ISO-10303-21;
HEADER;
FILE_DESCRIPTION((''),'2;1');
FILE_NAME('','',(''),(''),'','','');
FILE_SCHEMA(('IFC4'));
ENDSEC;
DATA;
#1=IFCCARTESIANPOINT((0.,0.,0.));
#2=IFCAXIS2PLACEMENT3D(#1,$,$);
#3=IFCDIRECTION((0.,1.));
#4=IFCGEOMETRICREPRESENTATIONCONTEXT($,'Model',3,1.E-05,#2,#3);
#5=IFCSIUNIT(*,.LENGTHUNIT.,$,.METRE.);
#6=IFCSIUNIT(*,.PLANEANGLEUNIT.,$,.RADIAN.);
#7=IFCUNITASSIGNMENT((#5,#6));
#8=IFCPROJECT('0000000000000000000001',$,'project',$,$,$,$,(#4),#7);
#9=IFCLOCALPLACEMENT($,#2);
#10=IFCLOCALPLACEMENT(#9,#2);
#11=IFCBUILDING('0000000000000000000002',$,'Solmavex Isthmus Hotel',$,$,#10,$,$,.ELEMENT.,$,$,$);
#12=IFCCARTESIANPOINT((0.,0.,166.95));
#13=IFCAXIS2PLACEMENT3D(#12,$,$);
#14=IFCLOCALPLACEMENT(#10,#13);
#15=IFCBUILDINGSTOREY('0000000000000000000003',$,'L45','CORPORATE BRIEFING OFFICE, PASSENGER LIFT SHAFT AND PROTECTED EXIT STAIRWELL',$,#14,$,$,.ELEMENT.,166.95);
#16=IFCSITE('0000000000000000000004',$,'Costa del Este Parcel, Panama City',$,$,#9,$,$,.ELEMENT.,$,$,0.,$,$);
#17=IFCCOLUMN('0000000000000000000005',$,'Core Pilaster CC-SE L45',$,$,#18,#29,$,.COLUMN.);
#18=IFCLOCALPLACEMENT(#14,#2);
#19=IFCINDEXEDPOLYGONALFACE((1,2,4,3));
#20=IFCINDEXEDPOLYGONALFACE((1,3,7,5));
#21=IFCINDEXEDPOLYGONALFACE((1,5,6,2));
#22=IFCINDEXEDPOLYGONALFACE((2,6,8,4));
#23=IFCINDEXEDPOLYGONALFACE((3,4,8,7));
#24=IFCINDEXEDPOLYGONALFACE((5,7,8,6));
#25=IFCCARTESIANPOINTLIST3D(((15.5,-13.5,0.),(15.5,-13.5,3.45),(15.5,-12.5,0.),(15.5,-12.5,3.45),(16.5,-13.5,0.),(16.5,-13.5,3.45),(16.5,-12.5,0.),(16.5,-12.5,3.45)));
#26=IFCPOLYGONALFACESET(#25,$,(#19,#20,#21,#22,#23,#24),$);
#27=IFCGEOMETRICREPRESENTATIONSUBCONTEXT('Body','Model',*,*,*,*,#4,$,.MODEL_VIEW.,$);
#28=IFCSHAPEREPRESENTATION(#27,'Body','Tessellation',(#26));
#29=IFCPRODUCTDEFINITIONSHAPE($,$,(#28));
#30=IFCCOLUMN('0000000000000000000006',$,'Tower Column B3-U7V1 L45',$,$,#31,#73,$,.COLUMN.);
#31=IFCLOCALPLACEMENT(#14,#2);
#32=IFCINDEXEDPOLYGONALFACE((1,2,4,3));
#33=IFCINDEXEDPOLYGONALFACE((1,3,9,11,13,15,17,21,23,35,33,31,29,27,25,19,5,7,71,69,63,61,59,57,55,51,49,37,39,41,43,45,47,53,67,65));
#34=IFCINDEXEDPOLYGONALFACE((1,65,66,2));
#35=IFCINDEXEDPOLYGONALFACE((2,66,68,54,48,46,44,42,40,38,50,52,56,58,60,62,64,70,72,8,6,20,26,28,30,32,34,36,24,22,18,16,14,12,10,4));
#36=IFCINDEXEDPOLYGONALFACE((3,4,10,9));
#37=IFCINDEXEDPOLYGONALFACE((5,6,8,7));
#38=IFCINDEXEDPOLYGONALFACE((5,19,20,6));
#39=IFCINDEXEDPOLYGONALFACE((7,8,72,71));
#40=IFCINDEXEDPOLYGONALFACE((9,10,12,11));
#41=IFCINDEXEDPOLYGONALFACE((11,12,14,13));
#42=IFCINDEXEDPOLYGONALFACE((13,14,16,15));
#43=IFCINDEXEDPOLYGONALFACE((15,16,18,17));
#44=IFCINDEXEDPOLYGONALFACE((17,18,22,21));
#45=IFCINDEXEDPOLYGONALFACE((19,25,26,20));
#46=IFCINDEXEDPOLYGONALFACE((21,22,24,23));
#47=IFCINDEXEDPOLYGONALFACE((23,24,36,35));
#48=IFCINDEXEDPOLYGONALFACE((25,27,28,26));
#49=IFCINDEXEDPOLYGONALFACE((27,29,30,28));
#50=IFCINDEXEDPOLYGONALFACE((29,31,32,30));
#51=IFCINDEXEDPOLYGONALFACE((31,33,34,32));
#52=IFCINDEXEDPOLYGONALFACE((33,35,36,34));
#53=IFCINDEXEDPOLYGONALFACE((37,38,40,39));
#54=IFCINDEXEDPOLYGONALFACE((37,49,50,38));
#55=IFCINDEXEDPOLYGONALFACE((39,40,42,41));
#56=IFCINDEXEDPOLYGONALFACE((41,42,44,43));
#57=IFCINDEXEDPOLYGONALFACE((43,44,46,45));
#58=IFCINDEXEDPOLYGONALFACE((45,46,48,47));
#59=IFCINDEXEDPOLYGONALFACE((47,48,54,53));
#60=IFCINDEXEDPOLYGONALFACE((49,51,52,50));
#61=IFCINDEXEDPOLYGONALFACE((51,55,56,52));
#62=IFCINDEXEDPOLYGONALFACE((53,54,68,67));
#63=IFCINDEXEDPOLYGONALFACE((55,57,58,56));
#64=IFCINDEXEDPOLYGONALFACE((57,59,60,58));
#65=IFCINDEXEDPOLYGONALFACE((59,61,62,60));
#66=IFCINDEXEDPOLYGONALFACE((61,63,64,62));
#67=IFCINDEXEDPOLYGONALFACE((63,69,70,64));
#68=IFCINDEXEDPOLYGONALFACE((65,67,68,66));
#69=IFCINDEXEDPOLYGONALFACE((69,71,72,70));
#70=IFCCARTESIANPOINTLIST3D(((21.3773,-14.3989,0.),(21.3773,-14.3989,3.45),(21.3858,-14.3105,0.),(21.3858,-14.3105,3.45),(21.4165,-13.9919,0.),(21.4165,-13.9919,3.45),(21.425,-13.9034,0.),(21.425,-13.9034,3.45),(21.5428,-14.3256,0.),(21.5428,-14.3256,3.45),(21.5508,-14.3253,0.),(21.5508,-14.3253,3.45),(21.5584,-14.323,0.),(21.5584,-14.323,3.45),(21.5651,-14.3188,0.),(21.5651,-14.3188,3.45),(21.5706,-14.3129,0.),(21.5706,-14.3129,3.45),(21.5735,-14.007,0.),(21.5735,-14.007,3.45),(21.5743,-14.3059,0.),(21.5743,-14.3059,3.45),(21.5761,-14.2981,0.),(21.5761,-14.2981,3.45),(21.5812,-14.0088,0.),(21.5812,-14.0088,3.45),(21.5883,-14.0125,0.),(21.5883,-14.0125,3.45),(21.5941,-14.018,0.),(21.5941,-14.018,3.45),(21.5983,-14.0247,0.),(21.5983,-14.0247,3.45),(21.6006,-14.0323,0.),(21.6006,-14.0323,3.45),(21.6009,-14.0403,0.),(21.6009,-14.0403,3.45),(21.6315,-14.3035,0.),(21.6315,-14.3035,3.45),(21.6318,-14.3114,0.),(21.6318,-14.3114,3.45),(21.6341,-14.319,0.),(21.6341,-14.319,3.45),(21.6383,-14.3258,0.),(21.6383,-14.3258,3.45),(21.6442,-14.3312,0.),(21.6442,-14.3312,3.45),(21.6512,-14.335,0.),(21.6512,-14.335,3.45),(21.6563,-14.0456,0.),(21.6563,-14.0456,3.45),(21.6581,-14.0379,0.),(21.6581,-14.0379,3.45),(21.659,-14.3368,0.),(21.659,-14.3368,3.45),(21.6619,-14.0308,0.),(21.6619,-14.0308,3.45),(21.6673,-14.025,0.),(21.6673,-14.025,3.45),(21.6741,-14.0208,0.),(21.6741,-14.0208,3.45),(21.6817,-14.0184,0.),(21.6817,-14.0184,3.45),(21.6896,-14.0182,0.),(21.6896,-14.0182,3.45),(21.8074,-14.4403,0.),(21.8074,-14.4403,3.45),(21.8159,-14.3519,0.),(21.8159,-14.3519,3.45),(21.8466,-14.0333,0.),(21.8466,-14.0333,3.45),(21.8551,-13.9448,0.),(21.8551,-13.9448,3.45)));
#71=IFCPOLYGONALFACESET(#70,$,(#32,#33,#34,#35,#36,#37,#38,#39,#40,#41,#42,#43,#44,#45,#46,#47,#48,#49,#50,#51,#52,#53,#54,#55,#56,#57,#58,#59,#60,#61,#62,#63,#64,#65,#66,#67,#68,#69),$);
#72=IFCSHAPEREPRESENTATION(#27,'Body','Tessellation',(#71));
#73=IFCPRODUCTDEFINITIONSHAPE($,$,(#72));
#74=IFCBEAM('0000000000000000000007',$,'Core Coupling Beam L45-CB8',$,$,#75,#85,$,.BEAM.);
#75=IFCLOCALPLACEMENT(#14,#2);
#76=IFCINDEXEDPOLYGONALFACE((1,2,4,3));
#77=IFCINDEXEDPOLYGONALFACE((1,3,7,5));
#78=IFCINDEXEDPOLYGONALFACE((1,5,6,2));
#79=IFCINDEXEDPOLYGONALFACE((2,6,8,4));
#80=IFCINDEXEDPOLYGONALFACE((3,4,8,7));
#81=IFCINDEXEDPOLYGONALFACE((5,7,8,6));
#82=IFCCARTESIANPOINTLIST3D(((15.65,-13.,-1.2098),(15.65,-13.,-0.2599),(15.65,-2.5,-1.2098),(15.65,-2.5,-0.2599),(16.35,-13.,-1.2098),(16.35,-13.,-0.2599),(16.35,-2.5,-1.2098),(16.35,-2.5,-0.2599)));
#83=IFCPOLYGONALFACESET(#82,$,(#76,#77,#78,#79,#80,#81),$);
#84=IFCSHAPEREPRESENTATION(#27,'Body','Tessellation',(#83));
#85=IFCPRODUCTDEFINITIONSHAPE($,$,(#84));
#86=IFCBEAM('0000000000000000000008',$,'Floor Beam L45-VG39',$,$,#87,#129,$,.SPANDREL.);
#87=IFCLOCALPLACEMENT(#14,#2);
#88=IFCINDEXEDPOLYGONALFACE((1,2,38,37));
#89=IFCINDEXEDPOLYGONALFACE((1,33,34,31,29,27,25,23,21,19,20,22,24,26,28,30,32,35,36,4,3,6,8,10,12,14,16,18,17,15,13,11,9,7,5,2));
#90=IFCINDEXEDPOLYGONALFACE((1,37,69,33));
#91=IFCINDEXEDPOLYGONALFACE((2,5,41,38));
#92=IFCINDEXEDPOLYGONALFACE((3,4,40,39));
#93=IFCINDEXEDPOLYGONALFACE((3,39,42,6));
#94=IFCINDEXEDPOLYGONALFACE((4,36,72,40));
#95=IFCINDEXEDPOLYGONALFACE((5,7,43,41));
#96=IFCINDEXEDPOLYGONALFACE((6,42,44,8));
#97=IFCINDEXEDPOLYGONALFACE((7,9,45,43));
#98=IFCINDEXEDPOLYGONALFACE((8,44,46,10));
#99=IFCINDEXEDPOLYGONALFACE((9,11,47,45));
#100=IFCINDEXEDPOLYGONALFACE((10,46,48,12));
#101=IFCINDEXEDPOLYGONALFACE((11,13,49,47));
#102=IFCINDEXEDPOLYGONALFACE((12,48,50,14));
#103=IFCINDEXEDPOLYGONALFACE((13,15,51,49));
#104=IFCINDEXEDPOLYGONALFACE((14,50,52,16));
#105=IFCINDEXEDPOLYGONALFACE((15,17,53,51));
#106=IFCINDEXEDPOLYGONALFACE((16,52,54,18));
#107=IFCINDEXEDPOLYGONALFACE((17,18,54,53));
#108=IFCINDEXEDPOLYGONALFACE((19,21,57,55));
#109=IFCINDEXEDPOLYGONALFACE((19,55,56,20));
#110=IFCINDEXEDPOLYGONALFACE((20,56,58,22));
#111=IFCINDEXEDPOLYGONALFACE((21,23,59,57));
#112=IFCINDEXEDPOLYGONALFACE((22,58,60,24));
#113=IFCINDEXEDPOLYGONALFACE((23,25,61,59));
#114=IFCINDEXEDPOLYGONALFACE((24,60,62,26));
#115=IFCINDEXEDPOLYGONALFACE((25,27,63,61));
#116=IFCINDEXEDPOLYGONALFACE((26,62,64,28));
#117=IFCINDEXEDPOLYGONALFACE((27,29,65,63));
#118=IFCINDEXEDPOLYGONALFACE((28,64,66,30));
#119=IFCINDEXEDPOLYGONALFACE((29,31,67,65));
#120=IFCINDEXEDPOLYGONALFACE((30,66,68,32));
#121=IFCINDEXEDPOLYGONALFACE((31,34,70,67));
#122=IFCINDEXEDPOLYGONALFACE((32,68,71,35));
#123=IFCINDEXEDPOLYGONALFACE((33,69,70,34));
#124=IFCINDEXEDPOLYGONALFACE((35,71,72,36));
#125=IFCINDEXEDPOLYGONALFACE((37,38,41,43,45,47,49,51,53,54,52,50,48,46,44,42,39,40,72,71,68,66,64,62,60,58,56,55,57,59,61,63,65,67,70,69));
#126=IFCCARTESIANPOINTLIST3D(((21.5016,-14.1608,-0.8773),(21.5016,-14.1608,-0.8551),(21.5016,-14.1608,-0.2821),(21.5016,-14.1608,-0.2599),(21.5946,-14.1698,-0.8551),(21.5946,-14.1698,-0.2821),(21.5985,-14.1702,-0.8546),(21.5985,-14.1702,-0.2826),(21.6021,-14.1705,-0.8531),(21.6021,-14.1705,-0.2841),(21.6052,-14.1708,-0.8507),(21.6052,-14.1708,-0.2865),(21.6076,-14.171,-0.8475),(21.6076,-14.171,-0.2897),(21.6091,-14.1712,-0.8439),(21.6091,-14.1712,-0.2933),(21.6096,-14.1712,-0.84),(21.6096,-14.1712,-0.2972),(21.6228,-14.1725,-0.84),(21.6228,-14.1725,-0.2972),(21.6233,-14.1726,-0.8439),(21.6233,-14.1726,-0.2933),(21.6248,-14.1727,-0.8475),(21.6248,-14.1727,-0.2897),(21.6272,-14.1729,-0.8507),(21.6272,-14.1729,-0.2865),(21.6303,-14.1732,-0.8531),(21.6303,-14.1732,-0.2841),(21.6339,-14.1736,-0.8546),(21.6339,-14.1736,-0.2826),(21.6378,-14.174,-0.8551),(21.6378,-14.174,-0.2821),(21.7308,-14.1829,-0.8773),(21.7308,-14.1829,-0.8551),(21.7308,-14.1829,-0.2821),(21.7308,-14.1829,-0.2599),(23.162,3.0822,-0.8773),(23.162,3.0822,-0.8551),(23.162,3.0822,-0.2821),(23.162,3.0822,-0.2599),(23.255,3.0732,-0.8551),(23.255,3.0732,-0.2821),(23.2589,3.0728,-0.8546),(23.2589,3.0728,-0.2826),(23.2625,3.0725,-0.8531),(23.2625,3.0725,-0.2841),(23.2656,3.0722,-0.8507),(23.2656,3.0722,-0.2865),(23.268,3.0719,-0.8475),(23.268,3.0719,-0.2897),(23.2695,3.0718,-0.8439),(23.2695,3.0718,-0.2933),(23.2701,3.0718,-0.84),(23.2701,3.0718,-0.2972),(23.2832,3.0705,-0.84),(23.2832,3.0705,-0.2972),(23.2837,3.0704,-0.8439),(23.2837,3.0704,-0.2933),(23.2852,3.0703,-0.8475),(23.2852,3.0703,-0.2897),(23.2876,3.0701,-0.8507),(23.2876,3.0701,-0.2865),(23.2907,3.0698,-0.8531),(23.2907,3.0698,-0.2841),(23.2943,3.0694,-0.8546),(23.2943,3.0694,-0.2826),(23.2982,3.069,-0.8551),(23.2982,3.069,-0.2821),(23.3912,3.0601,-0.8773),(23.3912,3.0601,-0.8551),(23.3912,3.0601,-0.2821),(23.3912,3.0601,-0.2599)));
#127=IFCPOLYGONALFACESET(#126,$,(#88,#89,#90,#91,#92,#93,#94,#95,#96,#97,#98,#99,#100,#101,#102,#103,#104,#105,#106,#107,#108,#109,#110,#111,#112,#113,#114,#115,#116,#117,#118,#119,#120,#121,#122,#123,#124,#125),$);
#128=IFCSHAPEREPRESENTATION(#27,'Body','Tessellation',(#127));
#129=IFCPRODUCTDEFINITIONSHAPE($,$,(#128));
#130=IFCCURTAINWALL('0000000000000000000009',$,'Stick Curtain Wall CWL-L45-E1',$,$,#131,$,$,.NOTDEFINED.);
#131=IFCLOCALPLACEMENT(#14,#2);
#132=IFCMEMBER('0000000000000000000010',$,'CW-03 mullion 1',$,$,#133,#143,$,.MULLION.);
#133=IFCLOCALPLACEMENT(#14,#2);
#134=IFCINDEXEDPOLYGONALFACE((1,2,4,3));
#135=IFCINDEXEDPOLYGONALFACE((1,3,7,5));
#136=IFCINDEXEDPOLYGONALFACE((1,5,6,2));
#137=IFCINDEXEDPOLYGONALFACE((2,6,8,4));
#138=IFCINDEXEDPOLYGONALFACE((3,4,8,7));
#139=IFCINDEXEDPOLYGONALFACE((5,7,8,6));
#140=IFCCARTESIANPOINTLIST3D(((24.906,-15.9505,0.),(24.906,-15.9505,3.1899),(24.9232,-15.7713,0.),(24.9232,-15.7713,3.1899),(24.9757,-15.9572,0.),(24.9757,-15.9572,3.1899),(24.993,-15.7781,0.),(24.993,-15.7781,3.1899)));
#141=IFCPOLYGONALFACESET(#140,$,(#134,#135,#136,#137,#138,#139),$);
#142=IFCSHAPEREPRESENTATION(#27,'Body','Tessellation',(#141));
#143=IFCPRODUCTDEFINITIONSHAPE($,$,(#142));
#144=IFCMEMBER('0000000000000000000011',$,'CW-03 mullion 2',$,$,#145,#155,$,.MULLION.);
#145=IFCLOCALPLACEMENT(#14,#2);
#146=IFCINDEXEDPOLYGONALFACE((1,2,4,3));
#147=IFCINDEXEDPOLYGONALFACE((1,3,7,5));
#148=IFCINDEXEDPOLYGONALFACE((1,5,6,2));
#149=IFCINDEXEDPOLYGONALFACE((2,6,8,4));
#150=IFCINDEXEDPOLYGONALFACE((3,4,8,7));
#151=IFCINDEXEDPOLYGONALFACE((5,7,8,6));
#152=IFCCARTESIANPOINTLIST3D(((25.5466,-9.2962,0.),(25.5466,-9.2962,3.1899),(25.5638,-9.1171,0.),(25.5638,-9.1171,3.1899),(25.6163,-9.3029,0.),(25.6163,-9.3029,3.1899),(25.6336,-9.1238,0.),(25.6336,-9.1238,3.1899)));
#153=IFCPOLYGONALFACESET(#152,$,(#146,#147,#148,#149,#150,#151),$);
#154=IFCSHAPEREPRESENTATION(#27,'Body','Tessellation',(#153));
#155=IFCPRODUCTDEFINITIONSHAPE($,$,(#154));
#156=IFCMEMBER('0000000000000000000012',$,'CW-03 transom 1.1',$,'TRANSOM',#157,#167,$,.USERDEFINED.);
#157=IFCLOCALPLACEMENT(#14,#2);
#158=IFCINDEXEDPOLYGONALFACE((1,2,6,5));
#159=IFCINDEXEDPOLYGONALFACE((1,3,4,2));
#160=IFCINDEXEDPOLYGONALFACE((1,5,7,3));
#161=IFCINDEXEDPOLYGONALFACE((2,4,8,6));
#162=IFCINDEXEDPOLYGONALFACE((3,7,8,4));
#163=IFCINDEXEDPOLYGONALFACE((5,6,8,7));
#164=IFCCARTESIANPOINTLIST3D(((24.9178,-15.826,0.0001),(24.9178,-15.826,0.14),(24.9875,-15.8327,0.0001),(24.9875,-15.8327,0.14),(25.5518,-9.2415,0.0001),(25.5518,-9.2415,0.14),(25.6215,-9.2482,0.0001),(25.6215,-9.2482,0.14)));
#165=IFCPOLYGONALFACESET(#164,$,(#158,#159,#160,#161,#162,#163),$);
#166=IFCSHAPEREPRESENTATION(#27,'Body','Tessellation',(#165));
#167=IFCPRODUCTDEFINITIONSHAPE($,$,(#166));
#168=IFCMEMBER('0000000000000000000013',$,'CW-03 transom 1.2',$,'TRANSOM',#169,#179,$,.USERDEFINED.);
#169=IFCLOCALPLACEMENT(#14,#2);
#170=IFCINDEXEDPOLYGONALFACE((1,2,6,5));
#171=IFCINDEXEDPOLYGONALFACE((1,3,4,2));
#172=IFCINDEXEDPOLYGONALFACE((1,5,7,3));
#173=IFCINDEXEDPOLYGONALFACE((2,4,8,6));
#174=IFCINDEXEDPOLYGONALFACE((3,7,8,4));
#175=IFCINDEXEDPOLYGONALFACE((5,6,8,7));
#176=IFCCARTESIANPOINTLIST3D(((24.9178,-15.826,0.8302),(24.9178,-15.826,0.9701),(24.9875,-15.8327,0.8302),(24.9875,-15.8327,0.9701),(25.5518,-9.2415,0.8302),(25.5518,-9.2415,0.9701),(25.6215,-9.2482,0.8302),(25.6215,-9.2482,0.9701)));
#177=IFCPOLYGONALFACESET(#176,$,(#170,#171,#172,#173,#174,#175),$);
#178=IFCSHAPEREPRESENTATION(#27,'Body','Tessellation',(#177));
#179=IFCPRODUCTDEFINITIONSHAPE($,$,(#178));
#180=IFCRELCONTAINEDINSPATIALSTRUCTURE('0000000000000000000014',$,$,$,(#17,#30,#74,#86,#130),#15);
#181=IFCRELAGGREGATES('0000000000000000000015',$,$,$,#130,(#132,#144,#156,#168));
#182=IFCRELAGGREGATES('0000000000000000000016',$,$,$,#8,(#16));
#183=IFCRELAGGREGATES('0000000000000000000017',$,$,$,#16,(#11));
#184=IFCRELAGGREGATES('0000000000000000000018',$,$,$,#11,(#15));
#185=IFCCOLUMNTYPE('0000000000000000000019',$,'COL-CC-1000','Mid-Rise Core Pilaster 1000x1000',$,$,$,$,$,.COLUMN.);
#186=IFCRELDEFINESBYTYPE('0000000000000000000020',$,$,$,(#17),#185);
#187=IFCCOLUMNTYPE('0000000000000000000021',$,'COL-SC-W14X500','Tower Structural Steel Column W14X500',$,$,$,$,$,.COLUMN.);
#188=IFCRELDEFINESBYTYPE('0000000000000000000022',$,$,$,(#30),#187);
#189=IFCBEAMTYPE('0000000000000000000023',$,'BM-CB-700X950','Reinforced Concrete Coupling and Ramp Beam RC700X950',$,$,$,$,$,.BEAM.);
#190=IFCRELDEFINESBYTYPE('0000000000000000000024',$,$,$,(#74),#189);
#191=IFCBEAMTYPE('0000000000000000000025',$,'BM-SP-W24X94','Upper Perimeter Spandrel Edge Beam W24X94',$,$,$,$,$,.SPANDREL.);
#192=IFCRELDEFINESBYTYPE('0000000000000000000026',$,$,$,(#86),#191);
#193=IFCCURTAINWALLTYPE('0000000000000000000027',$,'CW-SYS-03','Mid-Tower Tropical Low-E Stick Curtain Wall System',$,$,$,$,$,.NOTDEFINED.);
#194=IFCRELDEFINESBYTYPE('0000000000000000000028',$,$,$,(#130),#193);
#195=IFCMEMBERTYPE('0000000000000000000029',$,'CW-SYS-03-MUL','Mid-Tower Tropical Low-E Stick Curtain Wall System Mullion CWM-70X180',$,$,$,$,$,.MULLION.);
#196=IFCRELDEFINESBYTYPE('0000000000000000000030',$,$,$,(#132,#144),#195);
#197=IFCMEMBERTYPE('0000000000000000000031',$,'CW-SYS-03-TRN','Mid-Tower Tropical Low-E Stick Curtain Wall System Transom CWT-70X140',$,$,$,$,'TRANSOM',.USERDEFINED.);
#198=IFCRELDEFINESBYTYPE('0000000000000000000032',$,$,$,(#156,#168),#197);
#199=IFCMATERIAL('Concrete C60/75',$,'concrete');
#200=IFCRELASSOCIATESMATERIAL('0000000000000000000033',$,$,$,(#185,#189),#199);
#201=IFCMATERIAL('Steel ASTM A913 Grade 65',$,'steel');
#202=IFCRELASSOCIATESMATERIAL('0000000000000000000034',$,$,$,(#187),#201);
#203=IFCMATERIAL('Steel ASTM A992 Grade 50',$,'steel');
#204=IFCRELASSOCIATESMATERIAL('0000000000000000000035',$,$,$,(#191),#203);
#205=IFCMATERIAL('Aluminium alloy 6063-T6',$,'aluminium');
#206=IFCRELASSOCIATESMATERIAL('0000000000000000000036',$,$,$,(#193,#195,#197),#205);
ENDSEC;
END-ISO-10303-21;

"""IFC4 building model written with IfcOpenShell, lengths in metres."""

from ifc_helpers import new_model, si_unit, direction, frame, origin, origin_2d, place, context, subcontext, project, spatial, rectangle, i_section, extrude, material, material_profile, profile_set, type_object, element, aggregate, save


model = new_model("IFC4")

# Units and contexts
model_context = context("Model", 3, precision=1e-05, world=origin(), true_north=direction((0.0, 1.0)))
body_context = subcontext(model_context, "Body", "Model", "MODEL_VIEW")
ifc_project = project(units=[si_unit("LENGTHUNIT", "METRE"), si_unit("PLANEANGLEUNIT", "RADIAN")], contexts=[model_context])

# Site, building, storey
site_placement = place(None, origin())
site = spatial("IfcSite", under=ifc_project, at=site_placement, Name="Costa del Este Parcel, Panama City", CompositionType="ELEMENT", RefElevation=0.0)
building_placement = place(site_placement, origin())
building = spatial("IfcBuilding", under=site, at=building_placement, Name="Solmavex Isthmus Hotel", CompositionType="ELEMENT")
storey_placement = place(building_placement, frame((0.0, 0.0, 166.95)))
storey = spatial("IfcBuildingStorey", under=building, at=storey_placement, Name="L45", Description="CORPORATE BRIEFING OFFICE, PASSENGER LIFT SHAFT AND PROTECTED EXIT STAIRWELL", CompositionType="ELEMENT", Elevation=166.95)

# Columns
ifc_material_1 = material(Name="Concrete C60/75", Category="concrete")
ifc_material_profile_1 = material_profile(ifc_material_1, rectangle(XDim=1.0, YDim=1.0, at=origin_2d()), Name="RC1000X1000")
ifc_profile_set_1 = profile_set([ifc_material_profile_1], Name="Concrete C60/75")
column_type_1 = type_object("IfcColumnType", Name="COL-CC-1000", Description="Mid-Rise Core Pilaster 1000x1000", PredefinedType="COLUMN", material=ifc_profile_set_1)
column_1_placement = place(storey_placement, frame((16.0, -13.0, 0.0), z_axis=(0.0, 0.0, 1.0), x_axis=(1.0, 0.0, 0.0)))
element("IfcColumn", 1, at=column_1_placement, inside=storey, type_object=column_type_1, Name="Core Pilaster CC-SE L45", PredefinedType="COLUMN", context=body_context, shape_type="SweptSolid", body=[
    extrude(rectangle(XDim=1.0, YDim=1.0, at=origin_2d()), origin(), (0.0, 0.0, 1.0), 3.45),
])
ifc_material_2 = material(Name="Steel ASTM A913 Grade 65", Category="steel")
ifc_material_profile_2 = material_profile(ifc_material_2, i_section(OverallWidth=0.4321, OverallDepth=0.4978, WebThickness=0.0557, FlangeThickness=0.0889, FilletRadius=0.0305, at=origin_2d()), Name="W14X500")
ifc_profile_set_2 = profile_set([ifc_material_profile_2], Name="Steel ASTM A913 Grade 65")
column_type_2 = type_object("IfcColumnType", Name="COL-SC-W14X500", Description="Tower Structural Steel Column W14X500", PredefinedType="COLUMN", material=ifc_profile_set_2)
column_2_placement = place(storey_placement, frame((21.6162, -14.1719, 0.0), z_axis=(0.0, 0.0, 1.0), x_axis=(0.995396, -0.095846, 0.0)))
element("IfcColumn", 2, at=column_2_placement, inside=storey, type_object=column_type_2, Name="Tower Column B3-U7V1 L45", PredefinedType="COLUMN", context=body_context, shape_type="SweptSolid", body=[
    extrude(i_section(OverallWidth=0.4321, OverallDepth=0.4978, WebThickness=0.0557, FlangeThickness=0.0889, FilletRadius=0.0305, at=origin_2d()), origin(), (0.0, 0.0, 1.0), 3.45),
])

# Beams
ifc_material_profile_3 = material_profile(ifc_material_1, rectangle(XDim=0.7, YDim=0.95, at=origin_2d()), Name="RC700X950")
ifc_profile_set_3 = profile_set([ifc_material_profile_3], Name="Concrete C60/75")
beam_type_1 = type_object("IfcBeamType", Name="BM-CB-700X950", Description="Reinforced Concrete Coupling and Ramp Beam RC700X950", PredefinedType="BEAM", material=ifc_profile_set_3)
beam_1_placement = place(storey_placement, frame((16.0, -13.0, -0.7349), z_axis=(0.0, 1.0, 0.0), x_axis=(-1.0, 0.0, 0.0)))
element("IfcBeam", 3, at=beam_1_placement, inside=storey, type_object=beam_type_1, Name="Core Coupling Beam L45-CB8", PredefinedType="BEAM", context=body_context, shape_type="SweptSolid", body=[
    extrude(rectangle(XDim=0.7, YDim=0.95, at=origin_2d()), origin(), (0.0, 0.0, 1.0), 10.5),
])
ifc_material_3 = material(Name="Steel ASTM A992 Grade 50", Category="steel")
ifc_material_profile_4 = material_profile(ifc_material_3, i_section(OverallWidth=0.2302, OverallDepth=0.6174, WebThickness=0.0132, FlangeThickness=0.0222, FilletRadius=0.0151, at=origin_2d()), Name="W24X94")
ifc_profile_set_4 = profile_set([ifc_material_profile_4], Name="Steel ASTM A992 Grade 50")
beam_type_2 = type_object("IfcBeamType", Name="BM-SP-W24X94", Description="Upper Perimeter Spandrel Edge Beam W24X94", PredefinedType="SPANDREL", material=ifc_profile_set_4)
beam_2_placement = place(storey_placement, frame((21.6162, -14.1719, -0.5686), z_axis=(0.095851, 0.995396, 0.0), x_axis=(-0.995396, 0.095851, 0.0)))
element("IfcBeam", 4, at=beam_2_placement, inside=storey, type_object=beam_type_2, Name="Floor Beam L45-VG39", PredefinedType="SPANDREL", context=body_context, shape_type="SweptSolid", body=[
    extrude(i_section(OverallWidth=0.2302, OverallDepth=0.6174, WebThickness=0.0132, FlangeThickness=0.0222, FilletRadius=0.0151, at=origin_2d()), origin(), (0.0, 0.0, 1.0), 17.3228),
])

# Curtain wall, members
ifc_material_4 = material(Name="Aluminium alloy 6063-T6", Category="aluminium")
curtain_wall_type = type_object("IfcCurtainWallType", Name="CW-SYS-03", Description="Mid-Tower Tropical Low-E Stick Curtain Wall System", PredefinedType="NOTDEFINED", material=ifc_material_4)
curtain_wall_placement = place(storey_placement, origin())
curtain_wall = element("IfcCurtainWall", 5, at=curtain_wall_placement, inside=storey, type_object=curtain_wall_type, Name="Stick Curtain Wall CWL-L45-E1", PredefinedType="NOTDEFINED")
ifc_material_profile_5 = material_profile(ifc_material_4, rectangle(XDim=0.0701, YDim=0.1799, at=origin_2d()), Name="CWM-70X180")
ifc_profile_set_5 = profile_set([ifc_material_profile_5], Name="Aluminium alloy 6063-T6")
member_type_1 = type_object("IfcMemberType", Name="CW-SYS-03-MUL", Description="Mid-Tower Tropical Low-E Stick Curtain Wall System Mullion CWM-70X180", PredefinedType="MULLION", material=ifc_profile_set_5)
member_1_placement = place(storey_placement, frame((24.9495, -15.8643, 0.0), z_axis=(0.0, 0.0, 1.0), x_axis=(-0.995396, 0.095846, 0.0)))
member_1 = element("IfcMember", 6, at=member_1_placement, type_object=member_type_1, Name="CW-03 mullion 1", PredefinedType="MULLION", context=body_context, shape_type="SweptSolid", body=[
    extrude(rectangle(XDim=0.0701, YDim=0.1799, at=origin_2d()), origin(), (0.0, 0.0, 1.0), 3.1899),
])
member_2_placement = place(storey_placement, frame((25.5901, -9.21, 0.0), z_axis=(0.0, 0.0, 1.0), x_axis=(-0.995396, 0.095846, 0.0)))
member_2 = element("IfcMember", 7, at=member_2_placement, type_object=member_type_1, Name="CW-03 mullion 2", PredefinedType="MULLION", context=body_context, shape_type="SweptSolid", body=[
    extrude(rectangle(XDim=0.0701, YDim=0.1799, at=origin_2d()), origin(), (0.0, 0.0, 1.0), 3.1899),
])
ifc_material_profile_6 = material_profile(ifc_material_4, rectangle(XDim=0.0701, YDim=0.1399, at=origin_2d()), Name="CWT-70X140")
ifc_profile_set_6 = profile_set([ifc_material_profile_6], Name="Aluminium alloy 6063-T6")
member_type_2 = type_object("IfcMemberType", Name="CW-SYS-03-TRN", Description="Mid-Tower Tropical Low-E Stick Curtain Wall System Transom CWT-70X140", ElementType="TRANSOM", PredefinedType="USERDEFINED", material=ifc_profile_set_6)
member_3_placement = place(storey_placement, frame((24.9526, -15.8293, 0.0701), z_axis=(0.095849, 0.995396, 0.0), x_axis=(-0.995396, 0.095849, 0.0)))
member_3 = element("IfcMember", 8, at=member_3_placement, type_object=member_type_2, Name="CW-03 transom 1.1", ObjectType="TRANSOM", PredefinedType="USERDEFINED", context=body_context, shape_type="SweptSolid", body=[
    extrude(rectangle(XDim=0.0701, YDim=0.1399, at=origin_2d()), origin(), (0.0, 0.0, 1.0), 6.615),
])
member_4_placement = place(storey_placement, frame((24.9526, -15.8293, 0.9001), z_axis=(0.095849, 0.995396, 0.0), x_axis=(-0.995396, 0.095849, 0.0)))
member_4 = element("IfcMember", 9, at=member_4_placement, type_object=member_type_2, Name="CW-03 transom 1.2", ObjectType="TRANSOM", PredefinedType="USERDEFINED", context=body_context, shape_type="SweptSolid", body=[
    extrude(rectangle(XDim=0.0701, YDim=0.1399, at=origin_2d()), origin(), (0.0, 0.0, 1.0), 6.615),
])
aggregate(curtain_wall, [member_1, member_2, member_3, member_4])

save(model, "model.ifc")
